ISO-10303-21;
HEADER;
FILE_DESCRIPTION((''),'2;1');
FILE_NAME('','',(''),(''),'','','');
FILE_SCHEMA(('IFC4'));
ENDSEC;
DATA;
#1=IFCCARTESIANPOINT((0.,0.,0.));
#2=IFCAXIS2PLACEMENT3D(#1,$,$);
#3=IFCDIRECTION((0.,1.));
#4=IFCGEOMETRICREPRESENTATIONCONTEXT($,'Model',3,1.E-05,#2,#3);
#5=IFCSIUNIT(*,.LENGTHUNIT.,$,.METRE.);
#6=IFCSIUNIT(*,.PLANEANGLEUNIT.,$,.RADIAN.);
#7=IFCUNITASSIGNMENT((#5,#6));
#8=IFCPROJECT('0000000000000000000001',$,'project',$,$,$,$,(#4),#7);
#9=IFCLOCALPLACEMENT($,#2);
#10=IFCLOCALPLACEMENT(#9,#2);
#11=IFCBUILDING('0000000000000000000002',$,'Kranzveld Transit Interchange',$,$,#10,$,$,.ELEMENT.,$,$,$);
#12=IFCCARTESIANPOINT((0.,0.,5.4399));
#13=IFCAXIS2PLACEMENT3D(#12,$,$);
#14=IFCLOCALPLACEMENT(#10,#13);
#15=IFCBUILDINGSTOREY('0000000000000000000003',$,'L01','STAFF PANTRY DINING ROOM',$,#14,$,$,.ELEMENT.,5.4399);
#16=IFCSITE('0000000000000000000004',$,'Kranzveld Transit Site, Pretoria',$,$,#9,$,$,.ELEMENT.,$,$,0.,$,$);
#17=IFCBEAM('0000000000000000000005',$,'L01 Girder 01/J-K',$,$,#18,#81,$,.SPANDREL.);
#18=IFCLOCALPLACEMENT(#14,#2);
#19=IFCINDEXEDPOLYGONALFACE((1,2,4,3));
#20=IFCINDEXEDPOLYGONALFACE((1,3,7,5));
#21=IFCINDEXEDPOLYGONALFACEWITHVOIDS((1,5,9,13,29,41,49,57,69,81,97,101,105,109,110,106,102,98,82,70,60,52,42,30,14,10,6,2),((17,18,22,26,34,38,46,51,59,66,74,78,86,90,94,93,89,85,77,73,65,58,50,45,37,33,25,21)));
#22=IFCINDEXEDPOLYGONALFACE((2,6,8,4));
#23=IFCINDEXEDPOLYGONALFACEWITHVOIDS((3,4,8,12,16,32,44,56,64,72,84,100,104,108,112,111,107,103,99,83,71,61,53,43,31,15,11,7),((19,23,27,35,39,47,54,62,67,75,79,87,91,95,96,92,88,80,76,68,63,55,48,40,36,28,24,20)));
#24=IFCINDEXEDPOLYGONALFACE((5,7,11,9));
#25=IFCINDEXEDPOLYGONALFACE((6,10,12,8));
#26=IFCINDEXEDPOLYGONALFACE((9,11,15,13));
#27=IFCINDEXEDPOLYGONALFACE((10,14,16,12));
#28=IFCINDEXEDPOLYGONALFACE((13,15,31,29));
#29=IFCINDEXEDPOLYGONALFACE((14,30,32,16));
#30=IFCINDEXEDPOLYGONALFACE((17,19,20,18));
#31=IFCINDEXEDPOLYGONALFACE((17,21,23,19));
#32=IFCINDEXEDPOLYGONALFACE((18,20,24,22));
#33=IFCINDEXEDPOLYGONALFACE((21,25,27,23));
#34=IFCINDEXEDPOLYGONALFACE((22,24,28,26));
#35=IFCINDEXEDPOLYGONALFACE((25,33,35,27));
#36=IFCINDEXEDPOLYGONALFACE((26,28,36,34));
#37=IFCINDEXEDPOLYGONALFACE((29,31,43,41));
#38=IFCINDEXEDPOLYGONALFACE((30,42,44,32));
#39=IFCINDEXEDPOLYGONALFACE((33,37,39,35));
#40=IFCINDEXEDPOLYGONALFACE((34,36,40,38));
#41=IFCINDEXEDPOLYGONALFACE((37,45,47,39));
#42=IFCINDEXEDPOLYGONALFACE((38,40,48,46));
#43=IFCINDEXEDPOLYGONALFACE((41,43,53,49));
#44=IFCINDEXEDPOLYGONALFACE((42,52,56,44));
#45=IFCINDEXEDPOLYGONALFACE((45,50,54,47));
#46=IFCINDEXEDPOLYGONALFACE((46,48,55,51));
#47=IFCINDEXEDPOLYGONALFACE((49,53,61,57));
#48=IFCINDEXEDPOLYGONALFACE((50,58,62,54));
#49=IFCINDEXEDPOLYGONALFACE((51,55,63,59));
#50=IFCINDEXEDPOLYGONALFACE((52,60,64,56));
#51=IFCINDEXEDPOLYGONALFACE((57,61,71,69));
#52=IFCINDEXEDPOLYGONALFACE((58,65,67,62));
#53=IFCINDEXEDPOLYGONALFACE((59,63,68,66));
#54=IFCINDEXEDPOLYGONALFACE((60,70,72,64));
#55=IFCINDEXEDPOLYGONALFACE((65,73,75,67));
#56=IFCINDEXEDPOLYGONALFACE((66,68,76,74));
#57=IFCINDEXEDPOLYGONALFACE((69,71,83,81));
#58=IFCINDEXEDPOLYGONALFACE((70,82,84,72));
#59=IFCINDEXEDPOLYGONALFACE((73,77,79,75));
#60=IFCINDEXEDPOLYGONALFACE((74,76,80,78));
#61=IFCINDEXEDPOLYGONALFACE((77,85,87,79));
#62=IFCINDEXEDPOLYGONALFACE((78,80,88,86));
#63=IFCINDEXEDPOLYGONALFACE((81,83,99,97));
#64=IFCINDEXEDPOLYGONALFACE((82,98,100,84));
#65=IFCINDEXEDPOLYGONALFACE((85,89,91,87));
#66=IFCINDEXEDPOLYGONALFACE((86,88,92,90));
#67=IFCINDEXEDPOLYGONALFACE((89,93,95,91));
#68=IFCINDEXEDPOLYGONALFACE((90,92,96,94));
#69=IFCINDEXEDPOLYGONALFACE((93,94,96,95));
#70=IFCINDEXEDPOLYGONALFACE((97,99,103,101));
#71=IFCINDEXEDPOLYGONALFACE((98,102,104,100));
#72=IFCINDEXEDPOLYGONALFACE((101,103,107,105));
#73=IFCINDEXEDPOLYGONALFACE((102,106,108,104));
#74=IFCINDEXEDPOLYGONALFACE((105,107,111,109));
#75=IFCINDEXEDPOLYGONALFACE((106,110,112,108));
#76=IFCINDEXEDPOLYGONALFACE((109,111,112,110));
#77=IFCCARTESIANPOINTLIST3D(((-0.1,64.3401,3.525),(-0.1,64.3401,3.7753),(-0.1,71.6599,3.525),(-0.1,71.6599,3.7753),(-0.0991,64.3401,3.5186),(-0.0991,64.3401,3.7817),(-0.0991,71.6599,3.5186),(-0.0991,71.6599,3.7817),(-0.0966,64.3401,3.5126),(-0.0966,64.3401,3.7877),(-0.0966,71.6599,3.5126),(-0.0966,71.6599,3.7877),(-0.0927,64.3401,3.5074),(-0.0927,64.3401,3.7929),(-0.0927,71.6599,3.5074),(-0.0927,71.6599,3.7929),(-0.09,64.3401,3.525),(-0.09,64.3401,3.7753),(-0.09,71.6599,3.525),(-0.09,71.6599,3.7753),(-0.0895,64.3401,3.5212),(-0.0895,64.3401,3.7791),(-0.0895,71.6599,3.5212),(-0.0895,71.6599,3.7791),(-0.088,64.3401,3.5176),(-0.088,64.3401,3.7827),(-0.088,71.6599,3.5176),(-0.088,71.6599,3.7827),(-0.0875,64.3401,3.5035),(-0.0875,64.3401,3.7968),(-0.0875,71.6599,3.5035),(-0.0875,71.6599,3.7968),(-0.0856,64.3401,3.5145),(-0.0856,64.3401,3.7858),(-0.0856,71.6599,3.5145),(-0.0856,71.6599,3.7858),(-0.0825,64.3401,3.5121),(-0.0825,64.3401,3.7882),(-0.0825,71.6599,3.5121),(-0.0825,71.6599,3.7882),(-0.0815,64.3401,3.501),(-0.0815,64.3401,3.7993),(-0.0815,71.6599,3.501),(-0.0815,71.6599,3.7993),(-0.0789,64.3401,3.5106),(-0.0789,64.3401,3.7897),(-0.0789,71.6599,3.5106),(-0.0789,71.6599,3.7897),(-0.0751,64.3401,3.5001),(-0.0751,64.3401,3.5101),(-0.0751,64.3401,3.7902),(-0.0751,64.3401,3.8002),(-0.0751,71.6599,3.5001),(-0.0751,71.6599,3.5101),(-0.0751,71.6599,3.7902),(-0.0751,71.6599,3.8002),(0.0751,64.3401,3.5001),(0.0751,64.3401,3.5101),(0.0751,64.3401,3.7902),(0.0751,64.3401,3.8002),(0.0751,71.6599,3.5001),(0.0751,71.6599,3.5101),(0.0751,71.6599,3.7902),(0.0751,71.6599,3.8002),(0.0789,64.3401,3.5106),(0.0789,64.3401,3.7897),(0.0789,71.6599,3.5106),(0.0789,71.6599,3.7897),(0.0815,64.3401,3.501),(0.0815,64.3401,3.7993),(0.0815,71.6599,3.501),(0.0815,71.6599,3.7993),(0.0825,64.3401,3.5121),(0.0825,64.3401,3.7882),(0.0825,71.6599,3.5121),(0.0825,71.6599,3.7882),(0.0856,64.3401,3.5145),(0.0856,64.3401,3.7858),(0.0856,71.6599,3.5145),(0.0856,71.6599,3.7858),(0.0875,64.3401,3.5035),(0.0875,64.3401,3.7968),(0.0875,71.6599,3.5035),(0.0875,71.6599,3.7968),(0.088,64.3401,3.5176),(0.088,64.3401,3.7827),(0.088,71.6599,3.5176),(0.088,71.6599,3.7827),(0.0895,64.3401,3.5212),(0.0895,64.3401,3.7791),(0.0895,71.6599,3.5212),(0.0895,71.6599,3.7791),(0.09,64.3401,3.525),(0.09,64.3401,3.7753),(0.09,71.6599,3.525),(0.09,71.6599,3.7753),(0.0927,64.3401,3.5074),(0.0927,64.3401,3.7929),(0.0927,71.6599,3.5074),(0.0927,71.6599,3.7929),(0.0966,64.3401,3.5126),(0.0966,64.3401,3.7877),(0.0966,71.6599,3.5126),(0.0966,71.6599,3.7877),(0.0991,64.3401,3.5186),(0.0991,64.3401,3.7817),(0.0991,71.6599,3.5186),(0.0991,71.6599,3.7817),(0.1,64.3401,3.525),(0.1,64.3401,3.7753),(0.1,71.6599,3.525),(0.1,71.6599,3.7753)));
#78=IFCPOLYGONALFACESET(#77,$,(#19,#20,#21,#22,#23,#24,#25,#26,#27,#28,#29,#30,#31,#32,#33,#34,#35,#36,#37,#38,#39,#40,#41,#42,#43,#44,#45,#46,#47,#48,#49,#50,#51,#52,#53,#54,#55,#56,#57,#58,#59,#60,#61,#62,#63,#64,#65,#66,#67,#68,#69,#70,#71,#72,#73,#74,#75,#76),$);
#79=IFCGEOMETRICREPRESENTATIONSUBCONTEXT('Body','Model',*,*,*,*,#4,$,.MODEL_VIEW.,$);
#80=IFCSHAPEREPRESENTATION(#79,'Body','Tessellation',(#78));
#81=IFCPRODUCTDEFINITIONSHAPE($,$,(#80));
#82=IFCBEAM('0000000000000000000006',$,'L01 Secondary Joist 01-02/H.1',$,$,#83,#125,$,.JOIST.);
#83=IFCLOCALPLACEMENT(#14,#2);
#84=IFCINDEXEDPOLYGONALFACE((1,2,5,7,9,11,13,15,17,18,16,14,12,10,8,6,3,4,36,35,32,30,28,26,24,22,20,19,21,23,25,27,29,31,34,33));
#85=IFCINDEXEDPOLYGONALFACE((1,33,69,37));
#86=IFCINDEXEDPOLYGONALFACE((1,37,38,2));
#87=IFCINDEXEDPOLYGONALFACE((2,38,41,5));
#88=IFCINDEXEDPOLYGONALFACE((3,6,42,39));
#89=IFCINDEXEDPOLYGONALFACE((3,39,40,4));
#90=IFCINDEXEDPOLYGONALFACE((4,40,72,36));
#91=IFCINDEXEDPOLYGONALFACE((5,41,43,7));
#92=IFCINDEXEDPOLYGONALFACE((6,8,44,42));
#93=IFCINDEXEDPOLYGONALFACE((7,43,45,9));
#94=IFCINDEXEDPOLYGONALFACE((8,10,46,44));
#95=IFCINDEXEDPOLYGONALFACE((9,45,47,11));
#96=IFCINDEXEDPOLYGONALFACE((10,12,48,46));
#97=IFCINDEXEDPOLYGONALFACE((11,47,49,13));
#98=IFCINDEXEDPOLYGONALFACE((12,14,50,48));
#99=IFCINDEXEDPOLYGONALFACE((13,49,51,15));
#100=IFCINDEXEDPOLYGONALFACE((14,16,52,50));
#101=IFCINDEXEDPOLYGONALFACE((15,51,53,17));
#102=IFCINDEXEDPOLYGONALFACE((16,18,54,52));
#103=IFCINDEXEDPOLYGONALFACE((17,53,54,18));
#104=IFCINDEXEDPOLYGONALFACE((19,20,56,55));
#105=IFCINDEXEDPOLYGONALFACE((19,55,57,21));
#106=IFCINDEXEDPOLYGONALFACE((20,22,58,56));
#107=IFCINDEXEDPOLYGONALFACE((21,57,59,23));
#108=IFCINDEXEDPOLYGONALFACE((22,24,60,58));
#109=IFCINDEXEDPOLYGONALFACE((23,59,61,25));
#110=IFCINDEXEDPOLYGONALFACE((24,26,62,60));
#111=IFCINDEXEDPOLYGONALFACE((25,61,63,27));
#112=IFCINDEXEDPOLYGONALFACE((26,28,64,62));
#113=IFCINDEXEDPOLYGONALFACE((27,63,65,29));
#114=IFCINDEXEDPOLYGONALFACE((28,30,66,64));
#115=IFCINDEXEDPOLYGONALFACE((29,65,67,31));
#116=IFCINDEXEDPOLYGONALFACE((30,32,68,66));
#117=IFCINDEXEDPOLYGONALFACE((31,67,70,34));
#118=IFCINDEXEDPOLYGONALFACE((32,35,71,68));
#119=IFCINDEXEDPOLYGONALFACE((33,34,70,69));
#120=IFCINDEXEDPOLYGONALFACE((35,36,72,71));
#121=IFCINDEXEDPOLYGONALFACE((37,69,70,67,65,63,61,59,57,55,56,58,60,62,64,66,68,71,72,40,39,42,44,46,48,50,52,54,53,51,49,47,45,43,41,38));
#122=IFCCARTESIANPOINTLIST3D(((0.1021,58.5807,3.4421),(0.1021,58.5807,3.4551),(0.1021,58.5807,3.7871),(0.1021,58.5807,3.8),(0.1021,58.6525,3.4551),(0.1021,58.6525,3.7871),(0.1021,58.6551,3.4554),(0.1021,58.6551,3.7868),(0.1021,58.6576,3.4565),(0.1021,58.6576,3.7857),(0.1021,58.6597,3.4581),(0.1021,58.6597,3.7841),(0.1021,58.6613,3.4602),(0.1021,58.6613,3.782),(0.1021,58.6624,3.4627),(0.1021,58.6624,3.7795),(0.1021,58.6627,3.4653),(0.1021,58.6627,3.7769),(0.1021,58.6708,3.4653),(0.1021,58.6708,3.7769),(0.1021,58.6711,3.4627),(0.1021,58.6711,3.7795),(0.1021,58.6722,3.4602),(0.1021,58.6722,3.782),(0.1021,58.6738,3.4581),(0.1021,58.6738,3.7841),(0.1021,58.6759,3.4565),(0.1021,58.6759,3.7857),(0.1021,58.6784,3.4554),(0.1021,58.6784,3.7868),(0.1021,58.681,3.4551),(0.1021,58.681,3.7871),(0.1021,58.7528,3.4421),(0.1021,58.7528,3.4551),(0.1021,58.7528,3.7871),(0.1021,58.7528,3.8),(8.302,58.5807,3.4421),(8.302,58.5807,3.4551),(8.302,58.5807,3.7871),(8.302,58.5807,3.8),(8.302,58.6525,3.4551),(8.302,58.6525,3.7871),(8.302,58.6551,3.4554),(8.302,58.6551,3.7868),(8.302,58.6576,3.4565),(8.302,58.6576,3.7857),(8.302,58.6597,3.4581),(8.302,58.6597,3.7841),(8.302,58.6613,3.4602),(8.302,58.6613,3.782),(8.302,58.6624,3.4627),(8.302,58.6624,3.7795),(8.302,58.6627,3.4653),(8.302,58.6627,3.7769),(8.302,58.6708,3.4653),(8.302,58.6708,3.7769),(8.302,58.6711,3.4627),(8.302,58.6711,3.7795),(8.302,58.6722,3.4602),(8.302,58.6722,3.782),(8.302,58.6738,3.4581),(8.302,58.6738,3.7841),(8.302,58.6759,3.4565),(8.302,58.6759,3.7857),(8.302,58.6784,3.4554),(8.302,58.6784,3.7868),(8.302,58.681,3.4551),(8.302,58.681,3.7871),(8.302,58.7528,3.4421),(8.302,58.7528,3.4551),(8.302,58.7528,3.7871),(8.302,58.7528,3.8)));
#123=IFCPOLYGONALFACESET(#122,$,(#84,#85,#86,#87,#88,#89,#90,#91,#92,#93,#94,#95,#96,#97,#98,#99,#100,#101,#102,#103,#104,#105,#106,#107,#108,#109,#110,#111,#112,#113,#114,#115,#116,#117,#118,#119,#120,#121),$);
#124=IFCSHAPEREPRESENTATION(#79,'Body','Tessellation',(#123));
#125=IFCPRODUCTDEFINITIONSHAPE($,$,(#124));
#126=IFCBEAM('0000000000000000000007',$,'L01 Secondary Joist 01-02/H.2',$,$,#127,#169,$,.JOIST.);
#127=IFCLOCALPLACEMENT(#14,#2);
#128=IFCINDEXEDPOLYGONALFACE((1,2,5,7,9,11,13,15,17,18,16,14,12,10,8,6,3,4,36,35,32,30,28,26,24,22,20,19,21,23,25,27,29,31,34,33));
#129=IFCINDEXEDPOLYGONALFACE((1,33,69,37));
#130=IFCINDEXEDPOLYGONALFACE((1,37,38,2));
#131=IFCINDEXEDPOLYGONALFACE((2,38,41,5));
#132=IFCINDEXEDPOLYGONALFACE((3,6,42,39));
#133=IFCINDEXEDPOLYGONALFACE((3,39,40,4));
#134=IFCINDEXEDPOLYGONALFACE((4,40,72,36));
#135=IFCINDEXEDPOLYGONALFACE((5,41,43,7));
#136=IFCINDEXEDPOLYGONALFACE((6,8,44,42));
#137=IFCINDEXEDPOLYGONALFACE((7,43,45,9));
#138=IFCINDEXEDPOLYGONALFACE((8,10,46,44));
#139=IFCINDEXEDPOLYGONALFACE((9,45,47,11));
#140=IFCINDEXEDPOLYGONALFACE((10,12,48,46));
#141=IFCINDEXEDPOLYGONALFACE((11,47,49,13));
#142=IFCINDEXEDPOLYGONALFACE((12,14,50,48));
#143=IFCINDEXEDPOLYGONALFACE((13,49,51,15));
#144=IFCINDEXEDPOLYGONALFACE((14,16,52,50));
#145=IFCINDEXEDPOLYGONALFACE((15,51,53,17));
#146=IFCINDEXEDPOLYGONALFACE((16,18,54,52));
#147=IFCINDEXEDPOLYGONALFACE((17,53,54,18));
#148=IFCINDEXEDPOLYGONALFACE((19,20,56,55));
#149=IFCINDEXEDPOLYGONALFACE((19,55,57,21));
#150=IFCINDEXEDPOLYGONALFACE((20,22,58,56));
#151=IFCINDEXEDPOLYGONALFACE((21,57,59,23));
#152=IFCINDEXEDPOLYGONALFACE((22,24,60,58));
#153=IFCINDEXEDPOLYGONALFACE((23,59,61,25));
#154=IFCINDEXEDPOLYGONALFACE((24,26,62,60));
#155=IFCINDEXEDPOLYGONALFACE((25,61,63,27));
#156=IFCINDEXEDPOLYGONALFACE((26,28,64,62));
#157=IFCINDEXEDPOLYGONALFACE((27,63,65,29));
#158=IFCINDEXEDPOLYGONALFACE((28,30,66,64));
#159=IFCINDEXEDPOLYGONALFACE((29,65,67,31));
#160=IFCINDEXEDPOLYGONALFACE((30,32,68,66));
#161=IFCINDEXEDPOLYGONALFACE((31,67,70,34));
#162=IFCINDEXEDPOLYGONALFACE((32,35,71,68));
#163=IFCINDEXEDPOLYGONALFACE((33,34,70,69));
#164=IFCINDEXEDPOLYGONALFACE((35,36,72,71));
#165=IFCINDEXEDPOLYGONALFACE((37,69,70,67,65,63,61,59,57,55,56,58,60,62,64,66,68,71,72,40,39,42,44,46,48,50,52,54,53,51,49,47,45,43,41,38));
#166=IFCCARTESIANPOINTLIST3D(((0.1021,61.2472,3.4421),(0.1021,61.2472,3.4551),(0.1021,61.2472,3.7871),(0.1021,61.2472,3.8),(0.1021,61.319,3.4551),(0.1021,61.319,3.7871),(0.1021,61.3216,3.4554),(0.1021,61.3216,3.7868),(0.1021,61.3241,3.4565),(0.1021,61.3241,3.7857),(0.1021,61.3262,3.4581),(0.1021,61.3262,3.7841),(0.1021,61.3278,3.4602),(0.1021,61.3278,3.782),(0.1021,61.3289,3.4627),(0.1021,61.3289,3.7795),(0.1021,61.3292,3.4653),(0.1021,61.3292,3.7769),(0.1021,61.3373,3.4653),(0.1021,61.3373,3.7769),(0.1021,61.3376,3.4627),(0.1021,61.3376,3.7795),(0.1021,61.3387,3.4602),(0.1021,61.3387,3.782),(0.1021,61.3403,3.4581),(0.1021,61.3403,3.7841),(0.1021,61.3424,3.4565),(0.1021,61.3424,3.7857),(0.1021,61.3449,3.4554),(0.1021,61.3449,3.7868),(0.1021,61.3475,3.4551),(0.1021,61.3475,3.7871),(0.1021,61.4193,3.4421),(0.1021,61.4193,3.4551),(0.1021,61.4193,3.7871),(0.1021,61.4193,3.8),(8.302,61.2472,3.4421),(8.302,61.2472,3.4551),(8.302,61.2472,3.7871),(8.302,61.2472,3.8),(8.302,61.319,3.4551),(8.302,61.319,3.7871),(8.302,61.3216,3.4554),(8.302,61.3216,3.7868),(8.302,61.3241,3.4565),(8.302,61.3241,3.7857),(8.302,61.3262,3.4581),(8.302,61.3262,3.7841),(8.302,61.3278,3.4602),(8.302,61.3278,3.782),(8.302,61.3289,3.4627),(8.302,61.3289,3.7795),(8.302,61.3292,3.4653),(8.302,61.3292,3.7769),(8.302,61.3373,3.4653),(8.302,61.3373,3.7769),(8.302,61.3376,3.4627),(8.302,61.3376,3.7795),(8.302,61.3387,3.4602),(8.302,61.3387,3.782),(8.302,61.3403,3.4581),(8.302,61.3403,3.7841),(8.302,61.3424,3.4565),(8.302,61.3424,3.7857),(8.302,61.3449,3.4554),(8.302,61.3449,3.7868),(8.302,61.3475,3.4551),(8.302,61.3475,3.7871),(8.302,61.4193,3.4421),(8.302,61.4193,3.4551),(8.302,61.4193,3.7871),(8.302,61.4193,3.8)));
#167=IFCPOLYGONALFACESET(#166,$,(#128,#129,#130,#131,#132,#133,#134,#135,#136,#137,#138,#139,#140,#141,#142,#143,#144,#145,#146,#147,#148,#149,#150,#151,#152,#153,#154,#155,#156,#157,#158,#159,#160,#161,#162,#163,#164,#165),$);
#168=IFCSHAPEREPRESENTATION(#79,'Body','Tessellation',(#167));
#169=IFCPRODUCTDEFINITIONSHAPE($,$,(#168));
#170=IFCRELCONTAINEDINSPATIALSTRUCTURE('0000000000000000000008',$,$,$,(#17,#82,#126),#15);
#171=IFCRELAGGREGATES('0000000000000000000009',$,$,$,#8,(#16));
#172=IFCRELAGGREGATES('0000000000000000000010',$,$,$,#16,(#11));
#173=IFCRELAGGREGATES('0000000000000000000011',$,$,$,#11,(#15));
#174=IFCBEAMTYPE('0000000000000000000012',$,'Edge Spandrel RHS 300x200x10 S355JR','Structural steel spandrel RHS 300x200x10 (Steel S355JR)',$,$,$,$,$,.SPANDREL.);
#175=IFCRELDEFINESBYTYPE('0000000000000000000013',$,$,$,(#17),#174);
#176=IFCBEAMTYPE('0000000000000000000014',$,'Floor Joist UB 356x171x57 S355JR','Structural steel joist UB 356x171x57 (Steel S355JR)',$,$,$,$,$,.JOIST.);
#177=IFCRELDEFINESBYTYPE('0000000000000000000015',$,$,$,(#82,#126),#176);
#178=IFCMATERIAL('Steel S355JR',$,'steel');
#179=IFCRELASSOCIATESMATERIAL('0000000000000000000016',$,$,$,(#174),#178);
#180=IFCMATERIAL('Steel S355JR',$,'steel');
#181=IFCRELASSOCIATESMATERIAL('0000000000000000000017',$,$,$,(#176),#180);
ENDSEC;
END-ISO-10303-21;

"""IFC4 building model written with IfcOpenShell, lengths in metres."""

from ifc_helpers import new_model, si_unit, direction, frame, origin, origin_2d, place, context, subcontext, project, spatial, hollow_rectangle, i_section, extrude, material, material_profile, profile_set, type_object, element, save


model = new_model("IFC4")

# Units and contexts
model_context = context("Model", 3, precision=1e-05, world=origin(), true_north=direction((0.0, 1.0)))
body_context = subcontext(model_context, "Body", "Model", "MODEL_VIEW")
ifc_project = project(units=[si_unit("LENGTHUNIT", "METRE"), si_unit("PLANEANGLEUNIT", "RADIAN")], contexts=[model_context])

# Site, building, storey
site_placement = place(None, origin())
site = spatial("IfcSite", under=ifc_project, at=site_placement, Name="Kranzveld Transit Site, Pretoria", CompositionType="ELEMENT", RefElevation=0.0)
building_placement = place(site_placement, origin())
building = spatial("IfcBuilding", under=site, at=building_placement, Name="Kranzveld Transit Interchange", CompositionType="ELEMENT")
storey_placement = place(building_placement, frame((0.0, 0.0, 5.4399)))
storey = spatial("IfcBuildingStorey", under=building, at=storey_placement, Name="L01", Description="STAFF PANTRY DINING ROOM", CompositionType="ELEMENT", Elevation=5.4399)

# Beams
ifc_material_1 = material(Name="Steel S355JR", Category="steel")
ifc_material_profile_1 = material_profile(ifc_material_1, hollow_rectangle(XDim=0.2, YDim=0.3, WallThickness=0.01, InnerFilletRadius=0.0149, OuterFilletRadius=0.0249, at=origin_2d()), Name="RHS 300x200x10")
ifc_profile_set_1 = profile_set([ifc_material_profile_1], Name="Steel S355JR")
beam_type_1 = type_object("IfcBeamType", Name="Edge Spandrel RHS 300x200x10 S355JR", Description="Structural steel spandrel RHS 300x200x10 (Steel S355JR)", PredefinedType="SPANDREL", material=ifc_profile_set_1)
for number, where, z_axis, x_axis, name in (
    (1, (0.0, 64.3401, 3.6501), (0.0, 1.0, 0.0), (-1.0, 0.0, 0.0), "L01 Girder 01/J-K"),
):
    element("IfcBeam", number, at=place(storey_placement, frame(where, z_axis=z_axis, x_axis=x_axis)), inside=storey, type_object=beam_type_1, Name=name, PredefinedType="SPANDREL", context=body_context, shape_type="SweptSolid", body=[
        extrude(hollow_rectangle(XDim=0.2, YDim=0.3, WallThickness=0.01, InnerFilletRadius=0.0149, OuterFilletRadius=0.0249, at=origin_2d()), origin(), (0.0, 0.0, 1.0), 7.3198),
    ])
ifc_material_2 = material(Name="Steel S355JR", Category="steel")
ifc_material_profile_2 = material_profile(ifc_material_2, i_section(OverallWidth=0.1721, OverallDepth=0.3579, WebThickness=0.0081, FlangeThickness=0.0129, FilletRadius=0.0103, at=origin_2d()), Name="UB 356x171x57")
ifc_profile_set_2 = profile_set([ifc_material_profile_2], Name="Steel S355JR")
beam_type_2 = type_object("IfcBeamType", Name="Floor Joist UB 356x171x57 S355JR", Description="Structural steel joist UB 356x171x57 (Steel S355JR)", PredefinedType="JOIST", material=ifc_profile_set_2)
for number, where, z_axis, x_axis, name in (
    (2, (0.1021, 58.6667, 3.6211), (1.0, 0.0, 0.0), (0.0, 1.0, 0.0), "L01 Secondary Joist 01-02/H.1"),
    (3, (0.1021, 61.3333, 3.6211), (1.0, 0.0, 0.0), (0.0, 1.0, 0.0), "L01 Secondary Joist 01-02/H.2"),
):
    element("IfcBeam", number, at=place(storey_placement, frame(where, z_axis=z_axis, x_axis=x_axis)), inside=storey, type_object=beam_type_2, Name=name, PredefinedType="JOIST", context=body_context, shape_type="SweptSolid", body=[
        extrude(i_section(OverallWidth=0.1721, OverallDepth=0.3579, WebThickness=0.0081, FlangeThickness=0.0129, FilletRadius=0.0103, at=origin_2d()), origin(), (0.0, 0.0, 1.0), 8.2),
    ])

save(model, "model.ifc")
